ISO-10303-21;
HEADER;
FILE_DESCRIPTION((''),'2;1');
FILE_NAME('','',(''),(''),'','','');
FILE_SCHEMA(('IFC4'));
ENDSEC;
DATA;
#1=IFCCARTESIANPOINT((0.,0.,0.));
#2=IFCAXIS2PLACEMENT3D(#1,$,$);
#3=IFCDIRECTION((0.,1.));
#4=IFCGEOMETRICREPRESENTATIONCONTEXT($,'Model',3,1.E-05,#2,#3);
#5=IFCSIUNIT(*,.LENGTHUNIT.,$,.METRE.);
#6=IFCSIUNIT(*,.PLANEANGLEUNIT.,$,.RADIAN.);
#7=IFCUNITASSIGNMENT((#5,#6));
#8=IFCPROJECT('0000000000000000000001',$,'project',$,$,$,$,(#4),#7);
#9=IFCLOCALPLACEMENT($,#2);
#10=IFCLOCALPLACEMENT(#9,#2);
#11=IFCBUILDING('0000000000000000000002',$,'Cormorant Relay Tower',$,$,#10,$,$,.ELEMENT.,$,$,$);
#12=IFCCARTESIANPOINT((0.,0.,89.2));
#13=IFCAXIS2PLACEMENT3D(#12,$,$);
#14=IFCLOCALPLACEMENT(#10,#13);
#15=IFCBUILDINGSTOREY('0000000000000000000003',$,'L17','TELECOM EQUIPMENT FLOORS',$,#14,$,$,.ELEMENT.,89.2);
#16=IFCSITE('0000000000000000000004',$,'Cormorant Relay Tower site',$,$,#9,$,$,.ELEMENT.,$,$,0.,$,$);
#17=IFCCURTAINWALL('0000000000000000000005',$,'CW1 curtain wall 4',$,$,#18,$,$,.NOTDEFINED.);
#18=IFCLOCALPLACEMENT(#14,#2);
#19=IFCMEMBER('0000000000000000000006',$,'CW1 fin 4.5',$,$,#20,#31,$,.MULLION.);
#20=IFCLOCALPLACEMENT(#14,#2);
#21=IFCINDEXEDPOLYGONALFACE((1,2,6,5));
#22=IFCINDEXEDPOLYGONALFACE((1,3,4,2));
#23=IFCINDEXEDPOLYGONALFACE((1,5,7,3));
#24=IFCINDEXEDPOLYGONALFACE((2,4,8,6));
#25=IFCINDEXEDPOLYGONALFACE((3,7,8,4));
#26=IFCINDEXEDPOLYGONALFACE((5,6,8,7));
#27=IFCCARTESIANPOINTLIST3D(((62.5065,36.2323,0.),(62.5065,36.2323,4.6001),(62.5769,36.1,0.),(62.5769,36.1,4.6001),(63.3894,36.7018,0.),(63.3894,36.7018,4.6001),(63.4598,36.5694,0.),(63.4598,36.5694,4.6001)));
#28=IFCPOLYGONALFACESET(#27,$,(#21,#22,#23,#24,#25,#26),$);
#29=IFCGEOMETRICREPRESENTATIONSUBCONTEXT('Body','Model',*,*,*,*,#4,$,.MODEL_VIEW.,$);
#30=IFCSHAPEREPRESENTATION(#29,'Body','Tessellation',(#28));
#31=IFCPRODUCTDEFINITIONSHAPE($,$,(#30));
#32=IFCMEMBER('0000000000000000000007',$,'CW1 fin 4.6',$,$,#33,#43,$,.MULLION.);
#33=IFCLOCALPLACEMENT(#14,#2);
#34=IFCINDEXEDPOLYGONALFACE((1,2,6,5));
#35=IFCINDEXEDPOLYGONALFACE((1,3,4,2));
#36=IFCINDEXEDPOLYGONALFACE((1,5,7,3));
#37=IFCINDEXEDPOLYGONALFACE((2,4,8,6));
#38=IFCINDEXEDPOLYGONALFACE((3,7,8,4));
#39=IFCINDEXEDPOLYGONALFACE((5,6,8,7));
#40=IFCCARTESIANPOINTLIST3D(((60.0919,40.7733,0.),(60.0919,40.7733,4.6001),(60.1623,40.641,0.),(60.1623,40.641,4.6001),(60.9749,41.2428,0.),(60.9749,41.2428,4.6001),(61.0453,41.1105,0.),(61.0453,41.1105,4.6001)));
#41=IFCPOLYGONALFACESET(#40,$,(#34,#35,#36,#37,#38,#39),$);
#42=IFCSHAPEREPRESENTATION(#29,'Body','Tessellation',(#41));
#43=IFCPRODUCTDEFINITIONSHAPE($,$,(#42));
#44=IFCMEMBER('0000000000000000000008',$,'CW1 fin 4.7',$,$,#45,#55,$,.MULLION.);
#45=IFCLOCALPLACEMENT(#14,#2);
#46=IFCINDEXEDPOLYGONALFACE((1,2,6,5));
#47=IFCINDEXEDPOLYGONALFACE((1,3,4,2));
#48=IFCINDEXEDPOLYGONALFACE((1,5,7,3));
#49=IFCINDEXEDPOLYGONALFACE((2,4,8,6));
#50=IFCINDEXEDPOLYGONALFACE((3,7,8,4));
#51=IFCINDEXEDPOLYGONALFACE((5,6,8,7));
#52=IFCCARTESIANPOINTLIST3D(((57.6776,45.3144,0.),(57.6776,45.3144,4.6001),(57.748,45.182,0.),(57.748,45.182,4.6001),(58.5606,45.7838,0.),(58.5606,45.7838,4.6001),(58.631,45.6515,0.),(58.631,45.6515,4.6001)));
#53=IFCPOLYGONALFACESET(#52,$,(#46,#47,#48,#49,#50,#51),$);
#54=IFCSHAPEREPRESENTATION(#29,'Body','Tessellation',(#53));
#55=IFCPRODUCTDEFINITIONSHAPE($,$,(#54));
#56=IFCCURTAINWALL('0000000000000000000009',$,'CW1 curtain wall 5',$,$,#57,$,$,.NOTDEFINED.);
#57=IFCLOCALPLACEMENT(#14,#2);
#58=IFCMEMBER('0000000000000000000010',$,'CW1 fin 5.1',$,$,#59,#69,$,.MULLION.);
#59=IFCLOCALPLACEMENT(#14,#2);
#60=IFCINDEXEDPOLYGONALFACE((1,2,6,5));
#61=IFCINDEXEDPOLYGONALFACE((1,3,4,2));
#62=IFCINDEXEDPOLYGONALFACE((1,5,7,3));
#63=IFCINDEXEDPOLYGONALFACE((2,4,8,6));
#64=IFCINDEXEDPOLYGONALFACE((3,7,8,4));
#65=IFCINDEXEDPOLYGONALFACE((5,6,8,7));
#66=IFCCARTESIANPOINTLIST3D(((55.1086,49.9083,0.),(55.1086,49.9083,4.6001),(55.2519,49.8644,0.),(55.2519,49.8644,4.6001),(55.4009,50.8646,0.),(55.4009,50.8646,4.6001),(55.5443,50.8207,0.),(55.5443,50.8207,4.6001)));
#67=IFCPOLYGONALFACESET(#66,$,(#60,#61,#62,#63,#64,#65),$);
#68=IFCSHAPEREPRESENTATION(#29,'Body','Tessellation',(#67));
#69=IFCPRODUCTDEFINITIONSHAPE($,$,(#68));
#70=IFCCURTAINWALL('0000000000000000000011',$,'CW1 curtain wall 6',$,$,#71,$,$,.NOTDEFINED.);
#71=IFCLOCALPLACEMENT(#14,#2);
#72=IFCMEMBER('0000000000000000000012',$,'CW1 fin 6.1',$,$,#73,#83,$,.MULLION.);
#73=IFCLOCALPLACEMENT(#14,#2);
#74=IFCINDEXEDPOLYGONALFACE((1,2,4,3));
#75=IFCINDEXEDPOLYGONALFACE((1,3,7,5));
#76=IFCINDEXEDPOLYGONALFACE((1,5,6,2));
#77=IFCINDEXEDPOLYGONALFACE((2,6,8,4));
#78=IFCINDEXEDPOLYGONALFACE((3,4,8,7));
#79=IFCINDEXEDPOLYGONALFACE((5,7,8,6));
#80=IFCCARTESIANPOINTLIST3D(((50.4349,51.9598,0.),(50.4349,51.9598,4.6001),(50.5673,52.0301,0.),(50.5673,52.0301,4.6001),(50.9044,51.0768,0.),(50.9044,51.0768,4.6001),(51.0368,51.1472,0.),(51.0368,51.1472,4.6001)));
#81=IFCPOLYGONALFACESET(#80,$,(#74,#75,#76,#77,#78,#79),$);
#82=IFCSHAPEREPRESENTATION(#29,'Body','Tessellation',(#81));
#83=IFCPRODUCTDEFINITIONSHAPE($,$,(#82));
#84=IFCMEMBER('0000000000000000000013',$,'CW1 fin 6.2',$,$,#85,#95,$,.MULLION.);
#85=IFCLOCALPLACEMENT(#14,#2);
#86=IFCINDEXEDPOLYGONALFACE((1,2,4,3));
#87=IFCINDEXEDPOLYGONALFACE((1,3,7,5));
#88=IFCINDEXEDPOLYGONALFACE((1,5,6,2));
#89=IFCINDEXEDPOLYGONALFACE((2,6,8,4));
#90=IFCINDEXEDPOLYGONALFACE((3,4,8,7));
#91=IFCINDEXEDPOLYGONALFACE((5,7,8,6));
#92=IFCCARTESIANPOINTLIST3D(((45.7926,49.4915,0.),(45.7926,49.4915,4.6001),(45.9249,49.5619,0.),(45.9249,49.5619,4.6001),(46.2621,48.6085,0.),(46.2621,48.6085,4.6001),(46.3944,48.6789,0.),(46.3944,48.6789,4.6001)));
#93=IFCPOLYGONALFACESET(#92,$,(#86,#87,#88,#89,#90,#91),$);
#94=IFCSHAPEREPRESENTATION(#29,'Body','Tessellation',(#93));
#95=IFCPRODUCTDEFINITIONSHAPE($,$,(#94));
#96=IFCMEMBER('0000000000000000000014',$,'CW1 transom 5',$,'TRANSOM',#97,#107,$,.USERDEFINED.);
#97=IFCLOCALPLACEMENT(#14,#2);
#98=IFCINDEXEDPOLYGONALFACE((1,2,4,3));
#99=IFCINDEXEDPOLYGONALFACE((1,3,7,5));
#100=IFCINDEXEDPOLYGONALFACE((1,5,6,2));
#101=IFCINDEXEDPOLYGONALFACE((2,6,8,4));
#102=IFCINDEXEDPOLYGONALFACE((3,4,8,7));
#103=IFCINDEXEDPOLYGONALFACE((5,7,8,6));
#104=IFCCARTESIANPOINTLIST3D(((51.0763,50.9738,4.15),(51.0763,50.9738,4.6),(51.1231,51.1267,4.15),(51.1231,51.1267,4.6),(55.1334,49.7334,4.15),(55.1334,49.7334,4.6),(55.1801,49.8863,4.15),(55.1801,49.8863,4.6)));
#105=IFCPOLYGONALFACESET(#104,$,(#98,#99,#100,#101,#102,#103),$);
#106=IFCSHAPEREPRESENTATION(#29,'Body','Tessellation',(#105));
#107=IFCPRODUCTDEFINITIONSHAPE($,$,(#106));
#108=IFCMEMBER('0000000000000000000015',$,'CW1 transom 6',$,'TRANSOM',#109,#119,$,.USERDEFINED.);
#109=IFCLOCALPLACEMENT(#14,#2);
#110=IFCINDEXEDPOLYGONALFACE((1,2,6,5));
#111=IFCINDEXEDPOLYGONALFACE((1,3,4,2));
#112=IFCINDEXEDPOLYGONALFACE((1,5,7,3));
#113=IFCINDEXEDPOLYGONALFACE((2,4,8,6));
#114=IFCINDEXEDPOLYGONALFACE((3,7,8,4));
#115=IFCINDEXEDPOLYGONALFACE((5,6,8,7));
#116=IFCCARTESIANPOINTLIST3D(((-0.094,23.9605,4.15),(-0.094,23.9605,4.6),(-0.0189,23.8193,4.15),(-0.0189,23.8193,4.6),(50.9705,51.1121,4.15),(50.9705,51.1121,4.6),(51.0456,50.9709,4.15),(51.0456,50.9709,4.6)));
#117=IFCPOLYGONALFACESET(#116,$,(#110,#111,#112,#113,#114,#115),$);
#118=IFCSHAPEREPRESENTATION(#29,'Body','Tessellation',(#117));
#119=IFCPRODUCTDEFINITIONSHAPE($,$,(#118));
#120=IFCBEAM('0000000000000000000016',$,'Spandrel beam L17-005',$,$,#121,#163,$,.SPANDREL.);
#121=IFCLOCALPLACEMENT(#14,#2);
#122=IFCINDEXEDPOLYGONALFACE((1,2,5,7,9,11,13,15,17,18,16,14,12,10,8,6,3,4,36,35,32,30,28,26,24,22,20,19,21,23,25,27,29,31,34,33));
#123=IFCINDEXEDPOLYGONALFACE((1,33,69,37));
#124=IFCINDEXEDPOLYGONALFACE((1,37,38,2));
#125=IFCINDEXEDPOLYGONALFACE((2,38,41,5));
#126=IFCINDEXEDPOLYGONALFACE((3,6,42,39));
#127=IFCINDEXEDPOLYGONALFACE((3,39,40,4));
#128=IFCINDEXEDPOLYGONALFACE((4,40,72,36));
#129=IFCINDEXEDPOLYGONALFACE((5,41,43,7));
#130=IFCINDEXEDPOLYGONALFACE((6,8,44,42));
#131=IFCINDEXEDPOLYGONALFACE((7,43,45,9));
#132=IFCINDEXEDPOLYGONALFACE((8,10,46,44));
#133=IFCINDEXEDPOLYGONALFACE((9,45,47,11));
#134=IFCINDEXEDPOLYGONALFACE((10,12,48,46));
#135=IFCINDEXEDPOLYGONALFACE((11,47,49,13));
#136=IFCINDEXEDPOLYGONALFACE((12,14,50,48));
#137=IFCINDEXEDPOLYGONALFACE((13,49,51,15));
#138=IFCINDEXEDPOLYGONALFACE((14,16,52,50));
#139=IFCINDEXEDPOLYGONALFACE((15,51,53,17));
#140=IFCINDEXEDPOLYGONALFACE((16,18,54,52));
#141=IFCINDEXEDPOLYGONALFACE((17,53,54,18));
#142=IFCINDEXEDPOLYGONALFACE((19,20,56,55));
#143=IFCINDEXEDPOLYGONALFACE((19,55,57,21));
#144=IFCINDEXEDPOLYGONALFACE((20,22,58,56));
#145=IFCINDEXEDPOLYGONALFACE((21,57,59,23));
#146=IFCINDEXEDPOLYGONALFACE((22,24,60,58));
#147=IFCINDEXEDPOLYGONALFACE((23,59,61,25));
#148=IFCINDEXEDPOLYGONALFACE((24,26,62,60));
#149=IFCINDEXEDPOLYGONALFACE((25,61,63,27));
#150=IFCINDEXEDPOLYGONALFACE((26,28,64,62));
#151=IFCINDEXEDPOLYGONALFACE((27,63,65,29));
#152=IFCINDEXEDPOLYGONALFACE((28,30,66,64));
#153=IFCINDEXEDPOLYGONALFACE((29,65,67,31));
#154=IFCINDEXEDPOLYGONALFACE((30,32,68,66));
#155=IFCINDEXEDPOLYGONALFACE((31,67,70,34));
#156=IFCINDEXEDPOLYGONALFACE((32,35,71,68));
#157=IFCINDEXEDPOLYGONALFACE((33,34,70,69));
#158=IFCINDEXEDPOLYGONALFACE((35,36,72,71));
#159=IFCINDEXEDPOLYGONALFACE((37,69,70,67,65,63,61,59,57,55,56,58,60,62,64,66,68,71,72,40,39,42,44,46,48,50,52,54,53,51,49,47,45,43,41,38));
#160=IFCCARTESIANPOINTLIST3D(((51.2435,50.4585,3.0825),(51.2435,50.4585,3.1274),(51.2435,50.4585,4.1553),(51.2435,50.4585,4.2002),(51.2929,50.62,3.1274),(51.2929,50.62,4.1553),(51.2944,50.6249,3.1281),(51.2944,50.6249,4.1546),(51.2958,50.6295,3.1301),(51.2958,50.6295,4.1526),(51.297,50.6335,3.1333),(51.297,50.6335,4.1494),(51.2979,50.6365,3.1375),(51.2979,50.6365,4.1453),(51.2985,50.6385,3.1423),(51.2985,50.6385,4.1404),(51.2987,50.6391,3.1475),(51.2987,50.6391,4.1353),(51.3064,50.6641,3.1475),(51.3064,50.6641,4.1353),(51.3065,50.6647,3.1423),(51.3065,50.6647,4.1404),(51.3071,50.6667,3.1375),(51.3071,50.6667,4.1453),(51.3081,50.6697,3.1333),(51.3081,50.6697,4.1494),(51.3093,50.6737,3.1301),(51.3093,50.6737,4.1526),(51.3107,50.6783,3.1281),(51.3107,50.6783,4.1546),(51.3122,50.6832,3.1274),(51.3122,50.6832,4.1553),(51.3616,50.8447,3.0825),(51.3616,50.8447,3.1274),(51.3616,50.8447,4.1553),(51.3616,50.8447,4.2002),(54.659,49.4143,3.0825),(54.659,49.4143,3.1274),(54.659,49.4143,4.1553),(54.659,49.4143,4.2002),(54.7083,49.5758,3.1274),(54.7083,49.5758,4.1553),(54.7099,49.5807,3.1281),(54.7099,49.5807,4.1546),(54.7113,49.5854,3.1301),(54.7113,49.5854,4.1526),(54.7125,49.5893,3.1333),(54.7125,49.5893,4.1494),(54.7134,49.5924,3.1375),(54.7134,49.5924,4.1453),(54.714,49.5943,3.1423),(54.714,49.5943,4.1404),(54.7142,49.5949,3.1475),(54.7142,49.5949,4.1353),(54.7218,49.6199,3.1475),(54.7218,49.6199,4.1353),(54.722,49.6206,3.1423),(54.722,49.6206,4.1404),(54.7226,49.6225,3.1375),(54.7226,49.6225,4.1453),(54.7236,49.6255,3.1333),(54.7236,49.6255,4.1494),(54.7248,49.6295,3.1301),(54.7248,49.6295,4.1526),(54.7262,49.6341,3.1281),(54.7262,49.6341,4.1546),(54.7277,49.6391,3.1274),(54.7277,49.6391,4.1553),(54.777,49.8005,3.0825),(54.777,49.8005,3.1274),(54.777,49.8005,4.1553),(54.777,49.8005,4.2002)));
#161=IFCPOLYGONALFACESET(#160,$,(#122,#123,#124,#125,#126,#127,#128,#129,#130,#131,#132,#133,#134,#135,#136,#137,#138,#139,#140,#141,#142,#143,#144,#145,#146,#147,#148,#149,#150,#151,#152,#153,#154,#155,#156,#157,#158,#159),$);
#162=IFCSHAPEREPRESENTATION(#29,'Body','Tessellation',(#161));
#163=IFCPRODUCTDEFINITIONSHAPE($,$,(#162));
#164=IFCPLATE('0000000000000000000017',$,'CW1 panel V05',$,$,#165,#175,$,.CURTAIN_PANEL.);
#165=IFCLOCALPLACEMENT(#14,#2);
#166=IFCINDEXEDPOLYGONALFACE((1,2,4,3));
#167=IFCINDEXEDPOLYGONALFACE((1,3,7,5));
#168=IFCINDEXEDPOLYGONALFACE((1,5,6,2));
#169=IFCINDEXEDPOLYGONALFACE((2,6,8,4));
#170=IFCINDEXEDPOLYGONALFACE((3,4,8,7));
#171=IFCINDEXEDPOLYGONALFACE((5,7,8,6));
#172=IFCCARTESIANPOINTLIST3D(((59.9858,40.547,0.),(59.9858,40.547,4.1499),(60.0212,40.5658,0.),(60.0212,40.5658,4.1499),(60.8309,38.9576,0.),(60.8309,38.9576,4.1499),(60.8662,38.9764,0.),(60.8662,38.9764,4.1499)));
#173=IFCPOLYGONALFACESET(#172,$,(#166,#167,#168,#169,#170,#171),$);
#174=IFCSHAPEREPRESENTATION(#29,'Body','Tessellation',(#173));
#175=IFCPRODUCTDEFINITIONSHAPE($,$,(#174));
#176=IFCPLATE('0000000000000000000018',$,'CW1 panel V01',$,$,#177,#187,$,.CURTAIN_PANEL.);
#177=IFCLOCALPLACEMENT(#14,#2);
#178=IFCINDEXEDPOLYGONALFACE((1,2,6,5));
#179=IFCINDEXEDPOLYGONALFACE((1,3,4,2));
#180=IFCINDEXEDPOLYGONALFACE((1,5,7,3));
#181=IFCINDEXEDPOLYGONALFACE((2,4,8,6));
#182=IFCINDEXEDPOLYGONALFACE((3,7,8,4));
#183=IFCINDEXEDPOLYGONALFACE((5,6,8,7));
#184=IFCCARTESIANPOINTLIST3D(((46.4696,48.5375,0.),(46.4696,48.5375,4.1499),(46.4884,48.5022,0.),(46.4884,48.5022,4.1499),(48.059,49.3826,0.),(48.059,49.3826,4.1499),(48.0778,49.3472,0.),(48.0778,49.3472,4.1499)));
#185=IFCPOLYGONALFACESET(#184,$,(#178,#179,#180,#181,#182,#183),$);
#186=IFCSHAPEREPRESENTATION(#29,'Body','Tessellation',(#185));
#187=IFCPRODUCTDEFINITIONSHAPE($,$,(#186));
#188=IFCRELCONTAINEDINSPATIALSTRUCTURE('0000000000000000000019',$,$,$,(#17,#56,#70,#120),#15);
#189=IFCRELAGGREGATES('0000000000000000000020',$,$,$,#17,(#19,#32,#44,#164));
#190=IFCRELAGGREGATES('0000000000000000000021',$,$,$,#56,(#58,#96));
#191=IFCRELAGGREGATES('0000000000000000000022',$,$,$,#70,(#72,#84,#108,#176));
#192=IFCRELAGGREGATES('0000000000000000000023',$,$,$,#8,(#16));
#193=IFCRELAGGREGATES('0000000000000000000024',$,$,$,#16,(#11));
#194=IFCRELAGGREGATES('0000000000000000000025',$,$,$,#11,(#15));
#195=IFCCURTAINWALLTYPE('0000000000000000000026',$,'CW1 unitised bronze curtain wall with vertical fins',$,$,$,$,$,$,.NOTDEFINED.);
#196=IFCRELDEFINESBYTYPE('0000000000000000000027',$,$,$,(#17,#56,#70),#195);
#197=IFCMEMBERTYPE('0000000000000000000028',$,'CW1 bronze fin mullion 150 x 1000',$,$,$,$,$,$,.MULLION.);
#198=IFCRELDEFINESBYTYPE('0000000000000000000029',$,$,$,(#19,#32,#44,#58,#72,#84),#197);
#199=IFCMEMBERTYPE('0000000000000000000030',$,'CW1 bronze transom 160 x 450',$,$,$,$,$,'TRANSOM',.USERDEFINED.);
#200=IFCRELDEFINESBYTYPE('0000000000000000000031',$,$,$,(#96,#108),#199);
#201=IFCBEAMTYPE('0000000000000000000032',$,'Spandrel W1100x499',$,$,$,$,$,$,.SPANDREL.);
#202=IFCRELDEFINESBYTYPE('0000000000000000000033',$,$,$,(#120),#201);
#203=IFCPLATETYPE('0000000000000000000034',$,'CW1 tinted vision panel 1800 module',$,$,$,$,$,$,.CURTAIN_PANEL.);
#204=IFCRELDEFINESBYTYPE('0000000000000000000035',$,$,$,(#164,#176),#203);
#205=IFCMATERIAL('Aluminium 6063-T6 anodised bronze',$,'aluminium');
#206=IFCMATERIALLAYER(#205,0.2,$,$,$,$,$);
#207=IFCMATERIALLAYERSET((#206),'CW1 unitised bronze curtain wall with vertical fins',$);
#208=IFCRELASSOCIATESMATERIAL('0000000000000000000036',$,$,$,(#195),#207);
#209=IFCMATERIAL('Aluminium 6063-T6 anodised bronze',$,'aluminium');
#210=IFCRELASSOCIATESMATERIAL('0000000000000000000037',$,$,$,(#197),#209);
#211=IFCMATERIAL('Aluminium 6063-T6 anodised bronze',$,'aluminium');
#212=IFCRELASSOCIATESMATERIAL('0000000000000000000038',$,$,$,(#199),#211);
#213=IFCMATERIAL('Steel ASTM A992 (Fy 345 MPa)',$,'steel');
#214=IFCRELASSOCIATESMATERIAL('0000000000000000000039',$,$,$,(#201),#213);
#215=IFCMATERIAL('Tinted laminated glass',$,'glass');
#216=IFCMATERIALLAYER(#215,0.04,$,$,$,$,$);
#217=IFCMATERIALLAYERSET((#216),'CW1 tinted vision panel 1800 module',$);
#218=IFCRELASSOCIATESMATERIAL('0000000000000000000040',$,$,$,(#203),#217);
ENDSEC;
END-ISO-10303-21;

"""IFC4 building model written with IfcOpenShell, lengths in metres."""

from ifc_helpers import new_model, si_unit, direction, frame, origin, origin_2d, place, context, subcontext, project, spatial, rectangle, i_section, extrude, material, layer, layer_set, material_profile, profile_set, type_object, element, aggregate, save


model = new_model("IFC4")

# Units and contexts
model_context = context("Model", 3, precision=1e-05, world=origin(), true_north=direction((0.0, 1.0)))
body_context = subcontext(model_context, "Body", "Model", "MODEL_VIEW")
ifc_project = project(units=[si_unit("LENGTHUNIT", "METRE"), si_unit("PLANEANGLEUNIT", "RADIAN")], contexts=[model_context])

# Site, building, storey
site_placement = place(None, origin())
site = spatial("IfcSite", under=ifc_project, at=site_placement, Name="Cormorant Relay Tower site", CompositionType="ELEMENT", RefElevation=0.0)
building_placement = place(site_placement, origin())
building = spatial("IfcBuilding", under=site, at=building_placement, Name="Cormorant Relay Tower", CompositionType="ELEMENT")
storey_placement = place(building_placement, frame((0.0, 0.0, 89.2)))
storey = spatial("IfcBuildingStorey", under=building, at=storey_placement, Name="L17", Description="TELECOM EQUIPMENT FLOORS", CompositionType="ELEMENT", Elevation=89.2)

# Curtain wall, members
ifc_material_1 = material(Name="Aluminium 6063-T6 anodised bronze", Category="aluminium")
ifc_layer_1 = layer(ifc_material_1, 0.2)
ifc_layer_set_1 = layer_set([ifc_layer_1], Name="CW1 unitised bronze curtain wall with vertical fins")
curtain_wall_type = type_object("IfcCurtainWallType", Name="CW1 unitised bronze curtain wall with vertical fins", PredefinedType="NOTDEFINED", material=ifc_layer_set_1)
curtain_wall_1_placement = place(storey_placement, origin())
curtain_wall_1 = element("IfcCurtainWall", 1, at=curtain_wall_1_placement, inside=storey, type_object=curtain_wall_type, Name="CW1 curtain wall 4", PredefinedType="NOTDEFINED")
ifc_material_2 = material(Name="Aluminium 6063-T6 anodised bronze", Category="aluminium")
ifc_material_profile_1 = material_profile(ifc_material_2, rectangle(XDim=0.1499, YDim=1.0, at=origin_2d()), Name="AL 150x1000")
ifc_profile_set_1 = profile_set([ifc_material_profile_1], Name="Aluminium 6063-T6 anodised bronze")
member_type_1 = type_object("IfcMemberType", Name="CW1 bronze fin mullion 150 x 1000", PredefinedType="MULLION", material=ifc_profile_set_1)
member_1_placement = place(storey_placement, frame((62.9832, 36.4009, 0.0), z_axis=(0.0, 0.0, 1.0), x_axis=(-0.469472, 0.882948, 0.0)))
member_1 = element("IfcMember", 2, at=member_1_placement, type_object=member_type_1, Name="CW1 fin 4.5", PredefinedType="MULLION", context=body_context, shape_type="SweptSolid", body=[
    extrude(rectangle(XDim=0.1499, YDim=1.0, at=origin_2d()), origin(), (0.0, 0.0, 1.0), 4.6001),
])
member_2_placement = place(storey_placement, frame((60.5686, 40.9419, 0.0), z_axis=(0.0, 0.0, 1.0), x_axis=(-0.469472, 0.882948, 0.0)))
member_2 = element("IfcMember", 3, at=member_2_placement, type_object=member_type_1, Name="CW1 fin 4.6", PredefinedType="MULLION", context=body_context, shape_type="SweptSolid", body=[
    extrude(rectangle(XDim=0.1499, YDim=1.0, at=origin_2d()), origin(), (0.0, 0.0, 1.0), 4.6001),
])
member_3_placement = place(storey_placement, frame((58.1543, 45.4829, 0.0), z_axis=(0.0, 0.0, 1.0), x_axis=(-0.469472, 0.882948, 0.0)))
member_3 = element("IfcMember", 4, at=member_3_placement, type_object=member_type_1, Name="CW1 fin 4.7", PredefinedType="MULLION", context=body_context, shape_type="SweptSolid", body=[
    extrude(rectangle(XDim=0.1499, YDim=1.0, at=origin_2d()), origin(), (0.0, 0.0, 1.0), 4.6001),
])

# Curtain wall, member
curtain_wall_2_placement = place(storey_placement, origin())
curtain_wall_2 = element("IfcCurtainWall", 5, at=curtain_wall_2_placement, inside=storey, type_object=curtain_wall_type, Name="CW1 curtain wall 5", PredefinedType="NOTDEFINED")
member_4_placement = place(storey_placement, frame((55.3264, 50.3645, 0.0), z_axis=(0.0, 0.0, 1.0), x_axis=(-0.956305, 0.292372, 0.0)))
member_4 = element("IfcMember", 6, at=member_4_placement, type_object=member_type_1, Name="CW1 fin 5.1", PredefinedType="MULLION", context=body_context, shape_type="SweptSolid", body=[
    extrude(rectangle(XDim=0.1499, YDim=1.0, at=origin_2d()), origin(), (0.0, 0.0, 1.0), 4.6001),
])

# Curtain wall, members
curtain_wall_3_placement = place(storey_placement, origin())
curtain_wall_3 = element("IfcCurtainWall", 7, at=curtain_wall_3_placement, inside=storey, type_object=curtain_wall_type, Name="CW1 curtain wall 6", PredefinedType="NOTDEFINED")
member_5_placement = place(storey_placement, frame((50.7358, 51.5535, 0.0), z_axis=(0.0, 0.0, 1.0), x_axis=(-0.882948, -0.469472, 0.0)))
member_5 = element("IfcMember", 8, at=member_5_placement, type_object=member_type_1, Name="CW1 fin 6.1", PredefinedType="MULLION", context=body_context, shape_type="SweptSolid", body=[
    extrude(rectangle(XDim=0.1499, YDim=1.0, at=origin_2d()), origin(), (0.0, 0.0, 1.0), 4.6001),
])
member_6_placement = place(storey_placement, frame((46.0935, 49.0852, 0.0), z_axis=(0.0, 0.0, 1.0), x_axis=(-0.882948, -0.469472, 0.0)))
member_6 = element("IfcMember", 9, at=member_6_placement, type_object=member_type_1, Name="CW1 fin 6.2", PredefinedType="MULLION", context=body_context, shape_type="SweptSolid", body=[
    extrude(rectangle(XDim=0.1499, YDim=1.0, at=origin_2d()), origin(), (0.0, 0.0, 1.0), 4.6001),
])

# Members
ifc_material_3 = material(Name="Aluminium 6063-T6 anodised bronze", Category="aluminium")
ifc_material_profile_2 = material_profile(ifc_material_3, rectangle(XDim=0.1599, YDim=0.45, at=origin_2d()), Name="AL 160x450")
ifc_profile_set_2 = profile_set([ifc_material_profile_2], Name="Aluminium 6063-T6 anodised bronze")
member_type_2 = type_object("IfcMemberType", Name="CW1 bronze transom 160 x 450", ElementType="TRANSOM", PredefinedType="USERDEFINED", material=ifc_profile_set_2)
member_7_placement = place(storey_placement, frame((55.1567, 49.8098, 4.375), z_axis=(-0.956299, 0.292391, 0.0), x_axis=(-0.292391, -0.956299, 0.0)))
member_7 = element("IfcMember", 10, at=member_7_placement, type_object=member_type_2, Name="CW1 transom 5", ObjectType="TRANSOM", PredefinedType="USERDEFINED", context=body_context, shape_type="SweptSolid", body=[
    extrude(rectangle(XDim=0.1599, YDim=0.45, at=origin_2d()), origin(), (0.0, 0.0, 1.0), 4.2424),
])
member_8_placement = place(storey_placement, frame((51.0081, 51.0415, 4.375), z_axis=(-0.882946, -0.469474, 0.0), x_axis=(0.469474, -0.882946, 0.0)))
member_8 = element("IfcMember", 11, at=member_8_placement, type_object=member_type_2, Name="CW1 transom 6", ObjectType="TRANSOM", PredefinedType="USERDEFINED", context=body_context, shape_type="SweptSolid", body=[
    extrude(rectangle(XDim=0.1599, YDim=0.45, at=origin_2d()), origin(), (0.0, 0.0, 1.0), 57.8342),
])

# Beam
ifc_material_4 = material(Name="Steel ASTM A992 (Fy 345 MPa)", Category="steel")
ifc_material_profile_3 = material_profile(ifc_material_4, i_section(OverallWidth=0.4038, OverallDepth=1.1177, WebThickness=0.0261, FlangeThickness=0.0449, FilletRadius=0.02, at=origin_2d()), Name="W1100x499")
ifc_profile_set_3 = profile_set([ifc_material_profile_3], Name="Steel ASTM A992 (Fy 345 MPa)")
beam_type = type_object("IfcBeamType", Name="Spandrel W1100x499", PredefinedType="SPANDREL", material=ifc_profile_set_3)
beam_placement = place(storey_placement, frame((54.718, 49.6074, 3.6414), z_axis=(-0.956308, 0.292361, 0.0), x_axis=(-0.292361, -0.956308, 0.0)))
element("IfcBeam", 12, at=beam_placement, inside=storey, type_object=beam_type, Name="Spandrel beam L17-005", PredefinedType="SPANDREL", context=body_context, shape_type="SweptSolid", body=[
    extrude(i_section(OverallWidth=0.4038, OverallDepth=1.1177, WebThickness=0.0261, FlangeThickness=0.0449, FilletRadius=0.02, at=origin_2d()), origin(), (0.0, 0.0, 1.0), 3.5715),
])

# Plates
ifc_material_5 = material(Name="Tinted laminated glass", Category="glass")
ifc_layer_2 = layer(ifc_material_5, 0.04)
ifc_layer_set_2 = layer_set([ifc_layer_2], Name="CW1 tinted vision panel 1800 module")
plate_type_1 = type_object("IfcPlateType", Name="CW1 tinted vision panel 1800 module", PredefinedType="CURTAIN_PANEL", material=ifc_layer_set_2)
plate_1_placement = place(storey_placement, frame((60.426, 39.7617, 0.0), z_axis=(0.0, 0.0, 1.0), x_axis=(-0.469472, 0.882948, 0.0)))
plate_1 = element("IfcPlate", 13, at=plate_1_placement, type_object=plate_type_1, Name="CW1 panel V05", PredefinedType="CURTAIN_PANEL", context=body_context, shape_type="SweptSolid", body=[
    extrude(rectangle(XDim=1.8, YDim=0.04, at=origin_2d()), origin(), (0.0, 0.0, 1.0), 4.1499),
])
plate_2_placement = place(storey_placement, frame((47.2737, 48.9424, 0.0), z_axis=(0.0, 0.0, 1.0), x_axis=(-0.882948, -0.469472, 0.0)))
plate_2 = element("IfcPlate", 14, at=plate_2_placement, type_object=plate_type_1, Name="CW1 panel V01", PredefinedType="CURTAIN_PANEL", context=body_context, shape_type="SweptSolid", body=[
    extrude(rectangle(XDim=1.8, YDim=0.04, at=origin_2d()), origin(), (0.0, 0.0, 1.0), 4.1499),
])

aggregate(curtain_wall_1, [member_1, member_2, member_3, plate_1])
aggregate(curtain_wall_2, [member_4, member_7])
aggregate(curtain_wall_3, [member_5, member_6, member_8, plate_2])

save(model, "model.ifc")
